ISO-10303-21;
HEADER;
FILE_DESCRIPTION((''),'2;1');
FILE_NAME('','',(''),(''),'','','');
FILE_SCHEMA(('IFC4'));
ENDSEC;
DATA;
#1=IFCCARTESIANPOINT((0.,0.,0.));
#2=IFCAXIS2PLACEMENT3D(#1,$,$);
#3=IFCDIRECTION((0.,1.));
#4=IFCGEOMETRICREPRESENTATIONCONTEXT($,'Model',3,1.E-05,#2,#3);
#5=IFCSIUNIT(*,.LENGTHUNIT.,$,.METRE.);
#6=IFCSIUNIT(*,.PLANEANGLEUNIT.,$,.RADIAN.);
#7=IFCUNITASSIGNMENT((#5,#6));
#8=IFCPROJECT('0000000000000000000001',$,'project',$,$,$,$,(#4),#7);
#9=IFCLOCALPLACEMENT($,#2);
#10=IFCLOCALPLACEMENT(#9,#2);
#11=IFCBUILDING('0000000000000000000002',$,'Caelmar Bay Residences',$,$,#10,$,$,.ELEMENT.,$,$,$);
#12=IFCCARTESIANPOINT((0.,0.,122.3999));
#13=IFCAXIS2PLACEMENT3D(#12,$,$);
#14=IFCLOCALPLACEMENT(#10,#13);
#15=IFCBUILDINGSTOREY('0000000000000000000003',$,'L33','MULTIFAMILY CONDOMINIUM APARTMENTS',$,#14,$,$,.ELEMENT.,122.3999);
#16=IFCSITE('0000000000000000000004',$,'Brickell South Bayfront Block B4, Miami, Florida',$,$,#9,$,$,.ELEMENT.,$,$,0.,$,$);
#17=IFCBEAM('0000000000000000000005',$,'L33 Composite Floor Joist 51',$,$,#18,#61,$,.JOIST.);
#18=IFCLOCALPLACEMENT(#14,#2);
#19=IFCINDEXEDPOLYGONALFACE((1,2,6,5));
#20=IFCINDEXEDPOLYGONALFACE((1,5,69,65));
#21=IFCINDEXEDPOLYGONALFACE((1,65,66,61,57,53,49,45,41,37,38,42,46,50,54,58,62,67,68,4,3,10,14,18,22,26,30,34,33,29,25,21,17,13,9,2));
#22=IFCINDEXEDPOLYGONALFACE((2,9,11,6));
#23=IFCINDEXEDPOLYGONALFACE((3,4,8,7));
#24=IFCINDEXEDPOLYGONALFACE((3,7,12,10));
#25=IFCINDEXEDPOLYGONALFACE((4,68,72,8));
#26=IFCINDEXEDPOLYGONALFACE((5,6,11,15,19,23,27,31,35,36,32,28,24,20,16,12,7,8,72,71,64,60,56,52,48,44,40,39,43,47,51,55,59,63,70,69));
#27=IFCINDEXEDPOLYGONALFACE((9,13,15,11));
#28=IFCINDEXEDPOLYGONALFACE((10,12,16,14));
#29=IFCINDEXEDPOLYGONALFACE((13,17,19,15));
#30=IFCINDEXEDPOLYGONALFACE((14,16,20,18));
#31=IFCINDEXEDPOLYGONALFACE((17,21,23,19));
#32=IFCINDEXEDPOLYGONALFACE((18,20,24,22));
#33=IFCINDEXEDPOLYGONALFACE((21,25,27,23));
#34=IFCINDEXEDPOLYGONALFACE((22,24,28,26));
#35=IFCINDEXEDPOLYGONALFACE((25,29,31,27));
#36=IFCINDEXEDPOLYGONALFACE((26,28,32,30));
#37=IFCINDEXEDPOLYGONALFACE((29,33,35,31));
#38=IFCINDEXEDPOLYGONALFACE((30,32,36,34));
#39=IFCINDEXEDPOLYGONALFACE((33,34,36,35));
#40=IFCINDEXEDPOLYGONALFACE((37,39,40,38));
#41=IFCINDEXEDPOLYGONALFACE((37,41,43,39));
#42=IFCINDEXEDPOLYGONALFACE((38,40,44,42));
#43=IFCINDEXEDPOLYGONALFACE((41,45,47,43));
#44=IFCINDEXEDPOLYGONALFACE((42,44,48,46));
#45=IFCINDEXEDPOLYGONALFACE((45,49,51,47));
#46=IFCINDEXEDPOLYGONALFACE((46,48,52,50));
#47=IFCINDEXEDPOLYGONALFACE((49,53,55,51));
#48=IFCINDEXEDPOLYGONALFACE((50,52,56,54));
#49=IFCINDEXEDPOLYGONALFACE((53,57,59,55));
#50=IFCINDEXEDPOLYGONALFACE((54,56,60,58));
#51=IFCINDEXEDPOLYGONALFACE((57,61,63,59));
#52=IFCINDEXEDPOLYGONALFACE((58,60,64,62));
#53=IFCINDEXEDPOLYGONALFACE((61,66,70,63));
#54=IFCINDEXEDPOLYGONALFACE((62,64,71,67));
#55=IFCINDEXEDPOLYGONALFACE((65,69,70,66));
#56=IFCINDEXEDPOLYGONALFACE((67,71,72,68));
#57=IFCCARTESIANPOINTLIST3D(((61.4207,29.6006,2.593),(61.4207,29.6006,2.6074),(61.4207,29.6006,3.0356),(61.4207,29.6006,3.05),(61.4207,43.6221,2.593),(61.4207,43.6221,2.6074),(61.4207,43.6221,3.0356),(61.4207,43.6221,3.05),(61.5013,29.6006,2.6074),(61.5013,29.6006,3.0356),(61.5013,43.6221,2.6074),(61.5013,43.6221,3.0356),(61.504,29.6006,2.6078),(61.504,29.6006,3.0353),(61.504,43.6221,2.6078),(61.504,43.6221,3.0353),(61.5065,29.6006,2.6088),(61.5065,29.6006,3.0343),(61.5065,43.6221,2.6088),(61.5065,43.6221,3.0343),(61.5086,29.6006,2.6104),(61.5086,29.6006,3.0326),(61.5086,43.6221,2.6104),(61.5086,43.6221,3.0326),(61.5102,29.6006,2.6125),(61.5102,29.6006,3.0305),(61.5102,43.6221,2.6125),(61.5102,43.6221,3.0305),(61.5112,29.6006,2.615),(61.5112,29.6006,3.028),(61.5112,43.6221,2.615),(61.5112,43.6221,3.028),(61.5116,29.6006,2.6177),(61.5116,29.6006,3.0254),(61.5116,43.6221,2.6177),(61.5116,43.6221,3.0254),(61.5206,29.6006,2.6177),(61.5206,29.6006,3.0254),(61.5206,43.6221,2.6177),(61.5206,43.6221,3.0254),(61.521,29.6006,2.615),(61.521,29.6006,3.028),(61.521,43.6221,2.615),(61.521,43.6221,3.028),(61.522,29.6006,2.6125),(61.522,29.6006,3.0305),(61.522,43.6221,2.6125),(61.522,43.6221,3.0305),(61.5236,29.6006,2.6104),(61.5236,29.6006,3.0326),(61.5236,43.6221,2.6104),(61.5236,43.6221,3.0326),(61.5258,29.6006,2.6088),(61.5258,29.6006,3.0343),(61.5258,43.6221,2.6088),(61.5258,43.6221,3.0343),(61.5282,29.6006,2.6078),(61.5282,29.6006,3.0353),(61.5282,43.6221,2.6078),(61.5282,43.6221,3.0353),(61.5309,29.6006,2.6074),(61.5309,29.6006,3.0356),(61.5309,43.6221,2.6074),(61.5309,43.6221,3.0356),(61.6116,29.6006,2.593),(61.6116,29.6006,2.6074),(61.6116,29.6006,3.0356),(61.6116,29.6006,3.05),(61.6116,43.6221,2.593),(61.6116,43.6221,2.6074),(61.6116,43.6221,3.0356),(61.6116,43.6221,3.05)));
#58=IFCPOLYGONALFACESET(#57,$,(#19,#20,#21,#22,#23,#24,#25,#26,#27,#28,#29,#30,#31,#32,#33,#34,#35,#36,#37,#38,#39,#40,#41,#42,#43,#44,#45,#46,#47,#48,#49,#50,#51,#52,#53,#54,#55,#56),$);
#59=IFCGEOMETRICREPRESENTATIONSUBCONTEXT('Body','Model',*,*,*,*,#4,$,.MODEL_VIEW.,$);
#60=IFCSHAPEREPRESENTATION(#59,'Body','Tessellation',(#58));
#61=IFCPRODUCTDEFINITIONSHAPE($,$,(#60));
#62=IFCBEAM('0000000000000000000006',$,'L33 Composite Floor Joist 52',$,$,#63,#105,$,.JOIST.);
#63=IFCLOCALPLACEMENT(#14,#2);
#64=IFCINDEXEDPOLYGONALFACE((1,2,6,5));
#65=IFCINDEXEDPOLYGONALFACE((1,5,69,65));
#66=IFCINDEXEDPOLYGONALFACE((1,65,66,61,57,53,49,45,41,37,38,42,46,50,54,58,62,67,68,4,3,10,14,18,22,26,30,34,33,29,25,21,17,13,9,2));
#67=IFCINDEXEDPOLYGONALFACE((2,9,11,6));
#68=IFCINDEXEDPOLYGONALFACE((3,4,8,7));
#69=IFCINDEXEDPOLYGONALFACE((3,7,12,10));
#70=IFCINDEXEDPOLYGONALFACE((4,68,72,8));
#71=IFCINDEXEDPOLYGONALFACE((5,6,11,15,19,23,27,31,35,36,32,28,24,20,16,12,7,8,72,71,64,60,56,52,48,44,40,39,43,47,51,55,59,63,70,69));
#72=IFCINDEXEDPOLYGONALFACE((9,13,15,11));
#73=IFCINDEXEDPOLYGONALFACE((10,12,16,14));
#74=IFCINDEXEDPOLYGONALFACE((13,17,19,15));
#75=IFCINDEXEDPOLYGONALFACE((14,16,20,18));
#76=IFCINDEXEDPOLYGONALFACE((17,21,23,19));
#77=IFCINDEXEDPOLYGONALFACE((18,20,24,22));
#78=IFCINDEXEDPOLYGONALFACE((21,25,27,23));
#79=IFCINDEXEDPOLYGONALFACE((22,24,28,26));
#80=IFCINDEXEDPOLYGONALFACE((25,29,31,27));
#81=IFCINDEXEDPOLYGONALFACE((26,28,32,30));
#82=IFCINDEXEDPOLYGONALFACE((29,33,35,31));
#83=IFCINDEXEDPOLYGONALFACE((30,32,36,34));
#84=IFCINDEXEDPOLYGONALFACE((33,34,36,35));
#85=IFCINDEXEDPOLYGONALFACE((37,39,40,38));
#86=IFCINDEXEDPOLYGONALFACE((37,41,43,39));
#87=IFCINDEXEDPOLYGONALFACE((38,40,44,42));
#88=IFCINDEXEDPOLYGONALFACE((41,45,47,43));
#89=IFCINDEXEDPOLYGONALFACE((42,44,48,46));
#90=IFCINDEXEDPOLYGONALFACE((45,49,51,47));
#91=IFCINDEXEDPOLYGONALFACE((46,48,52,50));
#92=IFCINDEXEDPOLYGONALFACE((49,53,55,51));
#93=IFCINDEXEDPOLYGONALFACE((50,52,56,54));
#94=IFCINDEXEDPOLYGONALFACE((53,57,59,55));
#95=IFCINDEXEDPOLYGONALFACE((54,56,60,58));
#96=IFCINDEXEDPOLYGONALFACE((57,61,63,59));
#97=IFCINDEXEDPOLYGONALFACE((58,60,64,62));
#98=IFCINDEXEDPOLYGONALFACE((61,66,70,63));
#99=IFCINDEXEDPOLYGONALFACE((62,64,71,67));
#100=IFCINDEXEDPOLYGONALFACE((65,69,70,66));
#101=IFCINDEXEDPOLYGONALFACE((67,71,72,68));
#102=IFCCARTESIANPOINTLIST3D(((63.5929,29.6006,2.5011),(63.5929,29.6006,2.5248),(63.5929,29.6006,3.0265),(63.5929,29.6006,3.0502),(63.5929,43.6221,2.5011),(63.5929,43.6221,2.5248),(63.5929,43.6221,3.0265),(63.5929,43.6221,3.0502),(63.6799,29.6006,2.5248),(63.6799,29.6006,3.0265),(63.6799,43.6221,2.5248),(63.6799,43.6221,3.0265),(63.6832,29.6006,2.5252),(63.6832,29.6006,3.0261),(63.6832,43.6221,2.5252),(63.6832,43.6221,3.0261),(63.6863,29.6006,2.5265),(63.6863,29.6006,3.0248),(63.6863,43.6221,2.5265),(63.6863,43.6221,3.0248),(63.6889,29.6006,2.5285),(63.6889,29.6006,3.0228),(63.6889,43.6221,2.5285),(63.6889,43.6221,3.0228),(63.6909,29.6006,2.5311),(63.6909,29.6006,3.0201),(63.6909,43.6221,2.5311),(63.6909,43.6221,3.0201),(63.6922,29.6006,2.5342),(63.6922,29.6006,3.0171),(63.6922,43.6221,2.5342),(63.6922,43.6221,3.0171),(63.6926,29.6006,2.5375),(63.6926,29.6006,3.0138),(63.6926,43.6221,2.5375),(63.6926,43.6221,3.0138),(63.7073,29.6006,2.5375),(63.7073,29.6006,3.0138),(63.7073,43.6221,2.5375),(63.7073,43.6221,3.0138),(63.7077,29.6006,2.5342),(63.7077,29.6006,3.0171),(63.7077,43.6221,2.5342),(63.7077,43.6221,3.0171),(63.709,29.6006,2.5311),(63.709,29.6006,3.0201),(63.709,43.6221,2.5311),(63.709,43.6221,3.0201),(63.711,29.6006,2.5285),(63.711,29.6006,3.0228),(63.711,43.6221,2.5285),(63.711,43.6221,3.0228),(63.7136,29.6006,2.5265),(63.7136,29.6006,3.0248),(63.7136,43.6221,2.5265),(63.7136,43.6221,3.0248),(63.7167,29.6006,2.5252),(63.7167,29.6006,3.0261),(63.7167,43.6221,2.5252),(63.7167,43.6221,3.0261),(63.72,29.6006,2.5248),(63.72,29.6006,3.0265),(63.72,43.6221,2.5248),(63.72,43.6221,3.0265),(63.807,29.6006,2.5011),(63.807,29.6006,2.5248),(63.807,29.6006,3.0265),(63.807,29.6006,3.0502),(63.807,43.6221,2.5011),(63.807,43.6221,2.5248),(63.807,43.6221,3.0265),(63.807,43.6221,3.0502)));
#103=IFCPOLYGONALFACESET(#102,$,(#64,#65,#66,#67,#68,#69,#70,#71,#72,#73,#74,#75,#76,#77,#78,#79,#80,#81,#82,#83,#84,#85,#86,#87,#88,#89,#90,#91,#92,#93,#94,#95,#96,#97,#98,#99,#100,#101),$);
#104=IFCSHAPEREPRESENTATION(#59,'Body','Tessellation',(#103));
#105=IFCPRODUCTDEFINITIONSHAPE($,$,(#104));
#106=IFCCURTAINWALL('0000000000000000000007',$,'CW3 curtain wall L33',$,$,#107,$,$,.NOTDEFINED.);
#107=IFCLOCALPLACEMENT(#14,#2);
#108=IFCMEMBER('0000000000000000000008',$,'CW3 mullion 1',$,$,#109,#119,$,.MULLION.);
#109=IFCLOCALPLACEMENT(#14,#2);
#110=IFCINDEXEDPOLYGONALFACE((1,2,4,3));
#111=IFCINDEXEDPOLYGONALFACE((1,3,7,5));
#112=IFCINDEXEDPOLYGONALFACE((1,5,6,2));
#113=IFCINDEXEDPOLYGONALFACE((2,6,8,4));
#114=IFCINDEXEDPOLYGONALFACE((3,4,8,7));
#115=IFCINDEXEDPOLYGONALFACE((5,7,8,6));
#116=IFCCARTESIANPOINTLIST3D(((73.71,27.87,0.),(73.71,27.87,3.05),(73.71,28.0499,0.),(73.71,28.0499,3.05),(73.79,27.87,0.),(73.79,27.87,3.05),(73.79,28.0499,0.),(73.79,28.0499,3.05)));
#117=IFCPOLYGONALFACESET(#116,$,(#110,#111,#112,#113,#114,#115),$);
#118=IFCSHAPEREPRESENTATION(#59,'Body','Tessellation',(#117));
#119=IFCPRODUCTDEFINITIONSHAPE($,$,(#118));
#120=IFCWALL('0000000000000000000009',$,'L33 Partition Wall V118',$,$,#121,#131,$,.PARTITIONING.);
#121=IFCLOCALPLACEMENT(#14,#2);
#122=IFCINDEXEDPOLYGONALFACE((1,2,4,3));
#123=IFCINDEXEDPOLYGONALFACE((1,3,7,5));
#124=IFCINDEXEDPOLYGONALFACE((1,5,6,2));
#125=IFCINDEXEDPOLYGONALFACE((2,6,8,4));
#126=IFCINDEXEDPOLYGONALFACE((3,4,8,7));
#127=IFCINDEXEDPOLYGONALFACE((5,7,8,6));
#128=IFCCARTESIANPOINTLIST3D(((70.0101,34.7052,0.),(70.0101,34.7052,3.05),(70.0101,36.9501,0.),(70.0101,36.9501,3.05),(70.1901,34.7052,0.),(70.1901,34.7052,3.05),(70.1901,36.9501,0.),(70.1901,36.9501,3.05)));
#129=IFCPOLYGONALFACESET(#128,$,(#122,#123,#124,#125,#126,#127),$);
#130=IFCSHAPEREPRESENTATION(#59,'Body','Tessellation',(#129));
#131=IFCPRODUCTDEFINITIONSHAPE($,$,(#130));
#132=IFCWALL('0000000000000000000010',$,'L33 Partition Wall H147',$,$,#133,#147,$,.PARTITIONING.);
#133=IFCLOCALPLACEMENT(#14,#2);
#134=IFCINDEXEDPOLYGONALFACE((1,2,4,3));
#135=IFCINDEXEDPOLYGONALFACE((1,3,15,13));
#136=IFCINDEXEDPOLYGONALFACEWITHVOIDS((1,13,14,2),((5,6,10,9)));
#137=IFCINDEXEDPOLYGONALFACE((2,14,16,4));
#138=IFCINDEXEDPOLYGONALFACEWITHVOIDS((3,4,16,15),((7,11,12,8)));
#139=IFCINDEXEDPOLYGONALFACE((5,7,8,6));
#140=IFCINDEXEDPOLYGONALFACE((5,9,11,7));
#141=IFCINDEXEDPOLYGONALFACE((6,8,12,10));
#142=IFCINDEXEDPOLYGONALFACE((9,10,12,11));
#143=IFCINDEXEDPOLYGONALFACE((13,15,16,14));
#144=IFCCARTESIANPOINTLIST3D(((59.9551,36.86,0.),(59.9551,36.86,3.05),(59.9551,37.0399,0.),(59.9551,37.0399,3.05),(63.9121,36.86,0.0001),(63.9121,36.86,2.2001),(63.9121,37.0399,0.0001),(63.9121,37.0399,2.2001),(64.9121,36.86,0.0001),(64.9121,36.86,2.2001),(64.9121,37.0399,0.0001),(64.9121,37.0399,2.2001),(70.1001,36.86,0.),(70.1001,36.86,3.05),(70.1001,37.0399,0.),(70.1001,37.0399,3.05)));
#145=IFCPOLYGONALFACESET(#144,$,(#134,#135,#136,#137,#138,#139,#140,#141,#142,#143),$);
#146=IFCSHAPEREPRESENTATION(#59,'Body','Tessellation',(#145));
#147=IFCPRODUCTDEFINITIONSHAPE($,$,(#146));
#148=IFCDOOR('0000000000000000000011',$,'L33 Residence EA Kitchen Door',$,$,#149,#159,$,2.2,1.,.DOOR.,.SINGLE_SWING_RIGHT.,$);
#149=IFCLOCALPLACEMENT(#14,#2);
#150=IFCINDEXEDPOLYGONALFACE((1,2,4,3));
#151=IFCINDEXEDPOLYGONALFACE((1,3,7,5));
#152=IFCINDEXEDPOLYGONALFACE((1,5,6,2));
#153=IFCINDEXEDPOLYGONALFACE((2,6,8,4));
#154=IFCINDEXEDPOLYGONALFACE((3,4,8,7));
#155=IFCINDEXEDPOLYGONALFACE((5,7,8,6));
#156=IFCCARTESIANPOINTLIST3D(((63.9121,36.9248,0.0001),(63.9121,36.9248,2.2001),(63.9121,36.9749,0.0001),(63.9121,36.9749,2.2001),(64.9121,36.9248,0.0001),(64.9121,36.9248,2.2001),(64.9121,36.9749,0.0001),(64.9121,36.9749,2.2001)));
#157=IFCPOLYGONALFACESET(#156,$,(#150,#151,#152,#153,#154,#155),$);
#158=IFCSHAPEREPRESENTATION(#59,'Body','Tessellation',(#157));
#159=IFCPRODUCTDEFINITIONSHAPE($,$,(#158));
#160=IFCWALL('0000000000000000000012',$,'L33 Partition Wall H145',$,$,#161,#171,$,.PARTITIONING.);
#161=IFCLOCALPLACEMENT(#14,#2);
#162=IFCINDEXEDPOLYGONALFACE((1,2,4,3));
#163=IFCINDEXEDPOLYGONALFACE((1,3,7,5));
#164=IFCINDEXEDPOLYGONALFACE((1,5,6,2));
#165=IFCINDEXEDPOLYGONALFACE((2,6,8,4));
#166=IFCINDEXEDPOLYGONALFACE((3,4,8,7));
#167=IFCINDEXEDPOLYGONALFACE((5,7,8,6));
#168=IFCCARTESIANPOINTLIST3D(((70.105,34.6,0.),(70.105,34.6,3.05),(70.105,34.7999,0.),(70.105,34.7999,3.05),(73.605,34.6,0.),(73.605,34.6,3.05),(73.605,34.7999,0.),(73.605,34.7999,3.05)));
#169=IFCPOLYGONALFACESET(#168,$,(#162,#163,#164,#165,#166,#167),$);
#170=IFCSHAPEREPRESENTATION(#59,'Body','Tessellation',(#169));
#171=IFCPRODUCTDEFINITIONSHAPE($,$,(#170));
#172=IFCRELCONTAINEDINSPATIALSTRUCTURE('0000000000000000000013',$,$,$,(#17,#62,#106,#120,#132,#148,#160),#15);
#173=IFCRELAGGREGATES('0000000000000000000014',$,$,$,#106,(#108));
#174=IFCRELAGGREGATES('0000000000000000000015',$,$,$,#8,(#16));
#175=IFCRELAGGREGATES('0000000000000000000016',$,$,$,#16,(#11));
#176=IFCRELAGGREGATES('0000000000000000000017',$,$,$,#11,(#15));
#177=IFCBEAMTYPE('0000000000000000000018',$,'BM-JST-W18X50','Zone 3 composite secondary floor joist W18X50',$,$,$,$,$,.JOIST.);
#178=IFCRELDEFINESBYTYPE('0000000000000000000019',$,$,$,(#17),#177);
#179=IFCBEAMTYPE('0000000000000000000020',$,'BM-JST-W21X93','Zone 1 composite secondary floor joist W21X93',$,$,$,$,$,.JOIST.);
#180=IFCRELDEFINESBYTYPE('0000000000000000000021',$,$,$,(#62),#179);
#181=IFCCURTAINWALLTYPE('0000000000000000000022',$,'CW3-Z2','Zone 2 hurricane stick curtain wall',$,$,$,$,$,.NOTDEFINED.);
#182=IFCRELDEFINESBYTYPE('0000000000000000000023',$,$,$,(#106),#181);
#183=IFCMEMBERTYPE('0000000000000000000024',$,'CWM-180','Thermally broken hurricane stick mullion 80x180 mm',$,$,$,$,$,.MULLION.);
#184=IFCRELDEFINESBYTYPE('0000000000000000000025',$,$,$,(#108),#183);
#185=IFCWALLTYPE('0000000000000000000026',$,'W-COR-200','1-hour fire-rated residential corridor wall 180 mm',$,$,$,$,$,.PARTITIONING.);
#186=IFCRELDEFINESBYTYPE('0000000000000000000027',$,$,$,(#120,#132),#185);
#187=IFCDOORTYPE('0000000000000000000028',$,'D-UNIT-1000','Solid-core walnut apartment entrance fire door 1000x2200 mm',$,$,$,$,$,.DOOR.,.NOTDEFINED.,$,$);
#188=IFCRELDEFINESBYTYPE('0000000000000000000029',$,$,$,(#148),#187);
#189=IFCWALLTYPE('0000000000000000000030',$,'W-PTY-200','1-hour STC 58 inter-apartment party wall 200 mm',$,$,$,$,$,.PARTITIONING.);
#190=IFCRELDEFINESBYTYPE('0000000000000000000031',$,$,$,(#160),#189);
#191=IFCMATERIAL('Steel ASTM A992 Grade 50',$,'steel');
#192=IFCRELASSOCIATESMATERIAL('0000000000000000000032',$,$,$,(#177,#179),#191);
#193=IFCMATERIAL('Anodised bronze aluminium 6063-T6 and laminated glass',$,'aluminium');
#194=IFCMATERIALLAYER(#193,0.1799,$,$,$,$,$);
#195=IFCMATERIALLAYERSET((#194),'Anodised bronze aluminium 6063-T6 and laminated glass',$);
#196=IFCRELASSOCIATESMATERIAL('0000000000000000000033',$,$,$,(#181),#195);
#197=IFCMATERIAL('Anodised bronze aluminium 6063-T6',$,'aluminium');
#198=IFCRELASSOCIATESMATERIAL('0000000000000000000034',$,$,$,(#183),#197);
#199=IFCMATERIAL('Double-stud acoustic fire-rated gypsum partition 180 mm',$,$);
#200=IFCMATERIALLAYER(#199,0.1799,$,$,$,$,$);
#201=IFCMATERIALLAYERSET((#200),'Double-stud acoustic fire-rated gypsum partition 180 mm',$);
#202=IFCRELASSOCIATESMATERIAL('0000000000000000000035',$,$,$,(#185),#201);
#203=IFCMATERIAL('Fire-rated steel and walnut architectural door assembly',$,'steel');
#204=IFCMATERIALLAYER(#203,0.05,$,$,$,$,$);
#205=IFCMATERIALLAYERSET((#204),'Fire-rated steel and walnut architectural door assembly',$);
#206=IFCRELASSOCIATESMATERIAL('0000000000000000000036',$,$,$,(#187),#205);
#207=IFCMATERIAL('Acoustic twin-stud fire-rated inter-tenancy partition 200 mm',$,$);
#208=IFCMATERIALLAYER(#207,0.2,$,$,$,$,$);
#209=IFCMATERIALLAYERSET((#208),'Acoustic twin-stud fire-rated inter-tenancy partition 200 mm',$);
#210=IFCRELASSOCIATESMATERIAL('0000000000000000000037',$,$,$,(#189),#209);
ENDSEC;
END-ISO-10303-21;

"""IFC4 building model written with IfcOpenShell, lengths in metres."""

from ifc_helpers import new_model, si_unit, direction, frame, frame_2d, origin, origin_2d, place, context, subcontext, project, spatial, rectangle, i_section, extrude, material, layer, layer_set, material_profile, profile_set, type_object, element, fill, aggregate, save


model = new_model("IFC4")

# Units and contexts
model_context = context("Model", 3, precision=1e-05, world=origin(), true_north=direction((0.0, 1.0)))
body_context = subcontext(model_context, "Body", "Model", "MODEL_VIEW")
ifc_project = project(units=[si_unit("LENGTHUNIT", "METRE"), si_unit("PLANEANGLEUNIT", "RADIAN")], contexts=[model_context])

# Site, building, storey
site_placement = place(None, origin())
site = spatial("IfcSite", under=ifc_project, at=site_placement, Name="Brickell South Bayfront Block B4, Miami, Florida", CompositionType="ELEMENT", RefElevation=0.0)
building_placement = place(site_placement, origin())
building = spatial("IfcBuilding", under=site, at=building_placement, Name="Caelmar Bay Residences", CompositionType="ELEMENT")
storey_placement = place(building_placement, frame((0.0, 0.0, 122.3999)))
storey = spatial("IfcBuildingStorey", under=building, at=storey_placement, Name="L33", Description="MULTIFAMILY CONDOMINIUM APARTMENTS", CompositionType="ELEMENT", Elevation=122.3999)

# Beams
ifc_material_1 = material(Name="Steel ASTM A992 Grade 50", Category="steel")
ifc_material_profile_1 = material_profile(ifc_material_1, i_section(OverallWidth=0.1909, OverallDepth=0.457, WebThickness=0.009, FlangeThickness=0.0144, FilletRadius=0.0103, at=origin_2d()), Name="W18X50")
ifc_profile_set_1 = profile_set([ifc_material_profile_1], Name="Steel ASTM A992 Grade 50")
beam_type_1 = type_object("IfcBeamType", Name="BM-JST-W18X50", Description="Zone 3 composite secondary floor joist W18X50", PredefinedType="JOIST", material=ifc_profile_set_1)
beam_1_placement = place(storey_placement, frame((61.5161, 29.6006, 2.8215), z_axis=(0.0, 1.0, 0.0), x_axis=(-1.0, 0.0, 0.0)))
element("IfcBeam", 1, at=beam_1_placement, inside=storey, type_object=beam_type_1, Name="L33 Composite Floor Joist 51", PredefinedType="JOIST", context=body_context, shape_type="SweptSolid", body=[
    extrude(i_section(OverallWidth=0.1909, OverallDepth=0.457, WebThickness=0.009, FlangeThickness=0.0144, FilletRadius=0.0103, at=origin_2d()), origin(), (0.0, 0.0, 1.0), 14.0215),
])
ifc_material_profile_2 = material_profile(ifc_material_1, i_section(OverallWidth=0.2141, OverallDepth=0.5491, WebThickness=0.0146, FlangeThickness=0.0237, FilletRadius=0.0127, at=origin_2d()), Name="W21X93")
ifc_profile_set_2 = profile_set([ifc_material_profile_2], Name="Steel ASTM A992 Grade 50")
beam_type_2 = type_object("IfcBeamType", Name="BM-JST-W21X93", Description="Zone 1 composite secondary floor joist W21X93", PredefinedType="JOIST", material=ifc_profile_set_2)
beam_2_placement = place(storey_placement, frame((63.7, 29.6006, 2.7756), z_axis=(0.0, 1.0, 0.0), x_axis=(-1.0, 0.0, 0.0)))
element("IfcBeam", 2, at=beam_2_placement, inside=storey, type_object=beam_type_2, Name="L33 Composite Floor Joist 52", PredefinedType="JOIST", context=body_context, shape_type="SweptSolid", body=[
    extrude(i_section(OverallWidth=0.2141, OverallDepth=0.5491, WebThickness=0.0146, FlangeThickness=0.0237, FilletRadius=0.0127, at=origin_2d()), origin(), (0.0, 0.0, 1.0), 14.0215),
])

# Curtain wall, member
ifc_material_2 = material(Name="Anodised bronze aluminium 6063-T6 and laminated glass", Category="aluminium")
ifc_layer_1 = layer(ifc_material_2, 0.1799)
ifc_layer_set_1 = layer_set([ifc_layer_1], Name="Anodised bronze aluminium 6063-T6 and laminated glass")
curtain_wall_type = type_object("IfcCurtainWallType", Name="CW3-Z2", Description="Zone 2 hurricane stick curtain wall", PredefinedType="NOTDEFINED", material=ifc_layer_set_1)
curtain_wall_placement = place(storey_placement, origin())
curtain_wall = element("IfcCurtainWall", 3, at=curtain_wall_placement, inside=storey, type_object=curtain_wall_type, Name="CW3 curtain wall L33", PredefinedType="NOTDEFINED")
ifc_material_3 = material(Name="Anodised bronze aluminium 6063-T6", Category="aluminium")
ifc_material_profile_3 = material_profile(ifc_material_3, rectangle(XDim=0.0801, YDim=0.1799, at=origin_2d()), Name="CWM-80X180")
ifc_profile_set_3 = profile_set([ifc_material_profile_3], Name="Anodised bronze aluminium 6063-T6")
member_type = type_object("IfcMemberType", Name="CWM-180", Description="Thermally broken hurricane stick mullion 80x180 mm", PredefinedType="MULLION", material=ifc_profile_set_3)
member_placement = place(storey_placement, frame((73.75, 27.96, 0.0), z_axis=(0.0, 0.0, 1.0), x_axis=(1.0, 0.0, 0.0)))
member = element("IfcMember", 4, at=member_placement, type_object=member_type, Name="CW3 mullion 1", PredefinedType="MULLION", context=body_context, shape_type="SweptSolid", body=[
    extrude(rectangle(XDim=0.0801, YDim=0.1799, at=origin_2d()), origin(), (0.0, 0.0, 1.0), 3.05),
])
aggregate(curtain_wall, [member])

# Wall
ifc_material_4 = material(Name="Double-stud acoustic fire-rated gypsum partition 180 mm")
ifc_layer_2 = layer(ifc_material_4, 0.1799)
ifc_layer_set_2 = layer_set([ifc_layer_2], Name="Double-stud acoustic fire-rated gypsum partition 180 mm")
wall_type_1 = type_object("IfcWallType", Name="W-COR-200", Description="1-hour fire-rated residential corridor wall 180 mm", PredefinedType="PARTITIONING", material=ifc_layer_set_2)
wall_1_placement = place(storey_placement, frame((70.1001, 34.7051, 0.0), z_axis=(0.0, 0.0, 1.0), x_axis=(0.0, 1.0, 0.0)))
element("IfcWall", 5, at=wall_1_placement, inside=storey, type_object=wall_type_1, Name="L33 Partition Wall V118", PredefinedType="PARTITIONING", context=body_context, shape_type="SweptSolid", body=[
    extrude(rectangle(XDim=2.2449, YDim=0.1799, at=frame_2d((1.1226, 0.0))), origin(), (0.0, 0.0, 1.0), 3.05),
])

# Wall, opening, door
wall_2_placement = place(storey_placement, frame((59.9551, 36.95, 0.0), z_axis=(0.0, 0.0, 1.0), x_axis=(1.0, 0.0, 0.0)))
wall_2 = element("IfcWall", 6, at=wall_2_placement, inside=storey, type_object=wall_type_1, Name="L33 Partition Wall H147", PredefinedType="PARTITIONING", context=body_context, shape_type="SweptSolid", body=[
    extrude(rectangle(XDim=10.145, YDim=0.1799, at=frame_2d((5.0725, 0.0))), origin(), (0.0, 0.0, 1.0), 3.05),
])
opening_placement = place(wall_2_placement, frame((3.957, 0.0, 0.0)))
opening = element("IfcOpeningElement", 7, at=opening_placement, cuts=wall_2, PredefinedType="OPENING", context=body_context, shape_type="SweptSolid", body=[
    extrude(rectangle(XDim=1.0, YDim=2.2, at=frame_2d((0.5, 1.1001))), frame((0.0, 0.0999, 0.0), z_axis=(0.0, -1.0, 0.0), x_axis=(1.0, 0.0, 0.0)), (0.0, 0.0, 1.0), 0.2),
])
ifc_material_5 = material(Name="Fire-rated steel and walnut architectural door assembly", Category="steel")
ifc_layer_3 = layer(ifc_material_5, 0.05)
ifc_layer_set_3 = layer_set([ifc_layer_3], Name="Fire-rated steel and walnut architectural door assembly")
door_type = type_object("IfcDoorType", Name="D-UNIT-1000", Description="Solid-core walnut apartment entrance fire door 1000x2200 mm", OperationType="NOTDEFINED", PredefinedType="DOOR", material=ifc_layer_set_3)
door_placement = place(opening_placement, origin())
door = element("IfcDoor", 8, at=door_placement, inside=storey, type_object=door_type, Name="L33 Residence EA Kitchen Door", OperationType="SINGLE_SWING_RIGHT", OverallHeight=2.2, OverallWidth=1.0, PredefinedType="DOOR", context=body_context, shape_type="SweptSolid", body=[
    extrude(rectangle(XDim=1.0, YDim=2.2, at=frame_2d((0.5, 1.1001))), frame((0.0, 0.0249, 0.0), z_axis=(0.0, -1.0, 0.0), x_axis=(1.0, 0.0, 0.0)), (0.0, 0.0, 1.0), 0.05),
])
fill(opening, door)

# Wall
ifc_material_6 = material(Name="Acoustic twin-stud fire-rated inter-tenancy partition 200 mm")
ifc_layer_4 = layer(ifc_material_6, 0.2)
ifc_layer_set_4 = layer_set([ifc_layer_4], Name="Acoustic twin-stud fire-rated inter-tenancy partition 200 mm")
wall_type_2 = type_object("IfcWallType", Name="W-PTY-200", Description="1-hour STC 58 inter-apartment party wall 200 mm", PredefinedType="PARTITIONING", material=ifc_layer_set_4)
wall_3_placement = place(storey_placement, frame((70.105, 34.7, 0.0), z_axis=(0.0, 0.0, 1.0), x_axis=(1.0, 0.0, 0.0)))
element("IfcWall", 9, at=wall_3_placement, inside=storey, type_object=wall_type_2, Name="L33 Partition Wall H145", PredefinedType="PARTITIONING", context=body_context, shape_type="SweptSolid", body=[
    extrude(rectangle(XDim=3.5, YDim=0.2, at=frame_2d((1.75, 0.0))), origin(), (0.0, 0.0, 1.0), 3.05),
])

save(model, "model.ifc")
